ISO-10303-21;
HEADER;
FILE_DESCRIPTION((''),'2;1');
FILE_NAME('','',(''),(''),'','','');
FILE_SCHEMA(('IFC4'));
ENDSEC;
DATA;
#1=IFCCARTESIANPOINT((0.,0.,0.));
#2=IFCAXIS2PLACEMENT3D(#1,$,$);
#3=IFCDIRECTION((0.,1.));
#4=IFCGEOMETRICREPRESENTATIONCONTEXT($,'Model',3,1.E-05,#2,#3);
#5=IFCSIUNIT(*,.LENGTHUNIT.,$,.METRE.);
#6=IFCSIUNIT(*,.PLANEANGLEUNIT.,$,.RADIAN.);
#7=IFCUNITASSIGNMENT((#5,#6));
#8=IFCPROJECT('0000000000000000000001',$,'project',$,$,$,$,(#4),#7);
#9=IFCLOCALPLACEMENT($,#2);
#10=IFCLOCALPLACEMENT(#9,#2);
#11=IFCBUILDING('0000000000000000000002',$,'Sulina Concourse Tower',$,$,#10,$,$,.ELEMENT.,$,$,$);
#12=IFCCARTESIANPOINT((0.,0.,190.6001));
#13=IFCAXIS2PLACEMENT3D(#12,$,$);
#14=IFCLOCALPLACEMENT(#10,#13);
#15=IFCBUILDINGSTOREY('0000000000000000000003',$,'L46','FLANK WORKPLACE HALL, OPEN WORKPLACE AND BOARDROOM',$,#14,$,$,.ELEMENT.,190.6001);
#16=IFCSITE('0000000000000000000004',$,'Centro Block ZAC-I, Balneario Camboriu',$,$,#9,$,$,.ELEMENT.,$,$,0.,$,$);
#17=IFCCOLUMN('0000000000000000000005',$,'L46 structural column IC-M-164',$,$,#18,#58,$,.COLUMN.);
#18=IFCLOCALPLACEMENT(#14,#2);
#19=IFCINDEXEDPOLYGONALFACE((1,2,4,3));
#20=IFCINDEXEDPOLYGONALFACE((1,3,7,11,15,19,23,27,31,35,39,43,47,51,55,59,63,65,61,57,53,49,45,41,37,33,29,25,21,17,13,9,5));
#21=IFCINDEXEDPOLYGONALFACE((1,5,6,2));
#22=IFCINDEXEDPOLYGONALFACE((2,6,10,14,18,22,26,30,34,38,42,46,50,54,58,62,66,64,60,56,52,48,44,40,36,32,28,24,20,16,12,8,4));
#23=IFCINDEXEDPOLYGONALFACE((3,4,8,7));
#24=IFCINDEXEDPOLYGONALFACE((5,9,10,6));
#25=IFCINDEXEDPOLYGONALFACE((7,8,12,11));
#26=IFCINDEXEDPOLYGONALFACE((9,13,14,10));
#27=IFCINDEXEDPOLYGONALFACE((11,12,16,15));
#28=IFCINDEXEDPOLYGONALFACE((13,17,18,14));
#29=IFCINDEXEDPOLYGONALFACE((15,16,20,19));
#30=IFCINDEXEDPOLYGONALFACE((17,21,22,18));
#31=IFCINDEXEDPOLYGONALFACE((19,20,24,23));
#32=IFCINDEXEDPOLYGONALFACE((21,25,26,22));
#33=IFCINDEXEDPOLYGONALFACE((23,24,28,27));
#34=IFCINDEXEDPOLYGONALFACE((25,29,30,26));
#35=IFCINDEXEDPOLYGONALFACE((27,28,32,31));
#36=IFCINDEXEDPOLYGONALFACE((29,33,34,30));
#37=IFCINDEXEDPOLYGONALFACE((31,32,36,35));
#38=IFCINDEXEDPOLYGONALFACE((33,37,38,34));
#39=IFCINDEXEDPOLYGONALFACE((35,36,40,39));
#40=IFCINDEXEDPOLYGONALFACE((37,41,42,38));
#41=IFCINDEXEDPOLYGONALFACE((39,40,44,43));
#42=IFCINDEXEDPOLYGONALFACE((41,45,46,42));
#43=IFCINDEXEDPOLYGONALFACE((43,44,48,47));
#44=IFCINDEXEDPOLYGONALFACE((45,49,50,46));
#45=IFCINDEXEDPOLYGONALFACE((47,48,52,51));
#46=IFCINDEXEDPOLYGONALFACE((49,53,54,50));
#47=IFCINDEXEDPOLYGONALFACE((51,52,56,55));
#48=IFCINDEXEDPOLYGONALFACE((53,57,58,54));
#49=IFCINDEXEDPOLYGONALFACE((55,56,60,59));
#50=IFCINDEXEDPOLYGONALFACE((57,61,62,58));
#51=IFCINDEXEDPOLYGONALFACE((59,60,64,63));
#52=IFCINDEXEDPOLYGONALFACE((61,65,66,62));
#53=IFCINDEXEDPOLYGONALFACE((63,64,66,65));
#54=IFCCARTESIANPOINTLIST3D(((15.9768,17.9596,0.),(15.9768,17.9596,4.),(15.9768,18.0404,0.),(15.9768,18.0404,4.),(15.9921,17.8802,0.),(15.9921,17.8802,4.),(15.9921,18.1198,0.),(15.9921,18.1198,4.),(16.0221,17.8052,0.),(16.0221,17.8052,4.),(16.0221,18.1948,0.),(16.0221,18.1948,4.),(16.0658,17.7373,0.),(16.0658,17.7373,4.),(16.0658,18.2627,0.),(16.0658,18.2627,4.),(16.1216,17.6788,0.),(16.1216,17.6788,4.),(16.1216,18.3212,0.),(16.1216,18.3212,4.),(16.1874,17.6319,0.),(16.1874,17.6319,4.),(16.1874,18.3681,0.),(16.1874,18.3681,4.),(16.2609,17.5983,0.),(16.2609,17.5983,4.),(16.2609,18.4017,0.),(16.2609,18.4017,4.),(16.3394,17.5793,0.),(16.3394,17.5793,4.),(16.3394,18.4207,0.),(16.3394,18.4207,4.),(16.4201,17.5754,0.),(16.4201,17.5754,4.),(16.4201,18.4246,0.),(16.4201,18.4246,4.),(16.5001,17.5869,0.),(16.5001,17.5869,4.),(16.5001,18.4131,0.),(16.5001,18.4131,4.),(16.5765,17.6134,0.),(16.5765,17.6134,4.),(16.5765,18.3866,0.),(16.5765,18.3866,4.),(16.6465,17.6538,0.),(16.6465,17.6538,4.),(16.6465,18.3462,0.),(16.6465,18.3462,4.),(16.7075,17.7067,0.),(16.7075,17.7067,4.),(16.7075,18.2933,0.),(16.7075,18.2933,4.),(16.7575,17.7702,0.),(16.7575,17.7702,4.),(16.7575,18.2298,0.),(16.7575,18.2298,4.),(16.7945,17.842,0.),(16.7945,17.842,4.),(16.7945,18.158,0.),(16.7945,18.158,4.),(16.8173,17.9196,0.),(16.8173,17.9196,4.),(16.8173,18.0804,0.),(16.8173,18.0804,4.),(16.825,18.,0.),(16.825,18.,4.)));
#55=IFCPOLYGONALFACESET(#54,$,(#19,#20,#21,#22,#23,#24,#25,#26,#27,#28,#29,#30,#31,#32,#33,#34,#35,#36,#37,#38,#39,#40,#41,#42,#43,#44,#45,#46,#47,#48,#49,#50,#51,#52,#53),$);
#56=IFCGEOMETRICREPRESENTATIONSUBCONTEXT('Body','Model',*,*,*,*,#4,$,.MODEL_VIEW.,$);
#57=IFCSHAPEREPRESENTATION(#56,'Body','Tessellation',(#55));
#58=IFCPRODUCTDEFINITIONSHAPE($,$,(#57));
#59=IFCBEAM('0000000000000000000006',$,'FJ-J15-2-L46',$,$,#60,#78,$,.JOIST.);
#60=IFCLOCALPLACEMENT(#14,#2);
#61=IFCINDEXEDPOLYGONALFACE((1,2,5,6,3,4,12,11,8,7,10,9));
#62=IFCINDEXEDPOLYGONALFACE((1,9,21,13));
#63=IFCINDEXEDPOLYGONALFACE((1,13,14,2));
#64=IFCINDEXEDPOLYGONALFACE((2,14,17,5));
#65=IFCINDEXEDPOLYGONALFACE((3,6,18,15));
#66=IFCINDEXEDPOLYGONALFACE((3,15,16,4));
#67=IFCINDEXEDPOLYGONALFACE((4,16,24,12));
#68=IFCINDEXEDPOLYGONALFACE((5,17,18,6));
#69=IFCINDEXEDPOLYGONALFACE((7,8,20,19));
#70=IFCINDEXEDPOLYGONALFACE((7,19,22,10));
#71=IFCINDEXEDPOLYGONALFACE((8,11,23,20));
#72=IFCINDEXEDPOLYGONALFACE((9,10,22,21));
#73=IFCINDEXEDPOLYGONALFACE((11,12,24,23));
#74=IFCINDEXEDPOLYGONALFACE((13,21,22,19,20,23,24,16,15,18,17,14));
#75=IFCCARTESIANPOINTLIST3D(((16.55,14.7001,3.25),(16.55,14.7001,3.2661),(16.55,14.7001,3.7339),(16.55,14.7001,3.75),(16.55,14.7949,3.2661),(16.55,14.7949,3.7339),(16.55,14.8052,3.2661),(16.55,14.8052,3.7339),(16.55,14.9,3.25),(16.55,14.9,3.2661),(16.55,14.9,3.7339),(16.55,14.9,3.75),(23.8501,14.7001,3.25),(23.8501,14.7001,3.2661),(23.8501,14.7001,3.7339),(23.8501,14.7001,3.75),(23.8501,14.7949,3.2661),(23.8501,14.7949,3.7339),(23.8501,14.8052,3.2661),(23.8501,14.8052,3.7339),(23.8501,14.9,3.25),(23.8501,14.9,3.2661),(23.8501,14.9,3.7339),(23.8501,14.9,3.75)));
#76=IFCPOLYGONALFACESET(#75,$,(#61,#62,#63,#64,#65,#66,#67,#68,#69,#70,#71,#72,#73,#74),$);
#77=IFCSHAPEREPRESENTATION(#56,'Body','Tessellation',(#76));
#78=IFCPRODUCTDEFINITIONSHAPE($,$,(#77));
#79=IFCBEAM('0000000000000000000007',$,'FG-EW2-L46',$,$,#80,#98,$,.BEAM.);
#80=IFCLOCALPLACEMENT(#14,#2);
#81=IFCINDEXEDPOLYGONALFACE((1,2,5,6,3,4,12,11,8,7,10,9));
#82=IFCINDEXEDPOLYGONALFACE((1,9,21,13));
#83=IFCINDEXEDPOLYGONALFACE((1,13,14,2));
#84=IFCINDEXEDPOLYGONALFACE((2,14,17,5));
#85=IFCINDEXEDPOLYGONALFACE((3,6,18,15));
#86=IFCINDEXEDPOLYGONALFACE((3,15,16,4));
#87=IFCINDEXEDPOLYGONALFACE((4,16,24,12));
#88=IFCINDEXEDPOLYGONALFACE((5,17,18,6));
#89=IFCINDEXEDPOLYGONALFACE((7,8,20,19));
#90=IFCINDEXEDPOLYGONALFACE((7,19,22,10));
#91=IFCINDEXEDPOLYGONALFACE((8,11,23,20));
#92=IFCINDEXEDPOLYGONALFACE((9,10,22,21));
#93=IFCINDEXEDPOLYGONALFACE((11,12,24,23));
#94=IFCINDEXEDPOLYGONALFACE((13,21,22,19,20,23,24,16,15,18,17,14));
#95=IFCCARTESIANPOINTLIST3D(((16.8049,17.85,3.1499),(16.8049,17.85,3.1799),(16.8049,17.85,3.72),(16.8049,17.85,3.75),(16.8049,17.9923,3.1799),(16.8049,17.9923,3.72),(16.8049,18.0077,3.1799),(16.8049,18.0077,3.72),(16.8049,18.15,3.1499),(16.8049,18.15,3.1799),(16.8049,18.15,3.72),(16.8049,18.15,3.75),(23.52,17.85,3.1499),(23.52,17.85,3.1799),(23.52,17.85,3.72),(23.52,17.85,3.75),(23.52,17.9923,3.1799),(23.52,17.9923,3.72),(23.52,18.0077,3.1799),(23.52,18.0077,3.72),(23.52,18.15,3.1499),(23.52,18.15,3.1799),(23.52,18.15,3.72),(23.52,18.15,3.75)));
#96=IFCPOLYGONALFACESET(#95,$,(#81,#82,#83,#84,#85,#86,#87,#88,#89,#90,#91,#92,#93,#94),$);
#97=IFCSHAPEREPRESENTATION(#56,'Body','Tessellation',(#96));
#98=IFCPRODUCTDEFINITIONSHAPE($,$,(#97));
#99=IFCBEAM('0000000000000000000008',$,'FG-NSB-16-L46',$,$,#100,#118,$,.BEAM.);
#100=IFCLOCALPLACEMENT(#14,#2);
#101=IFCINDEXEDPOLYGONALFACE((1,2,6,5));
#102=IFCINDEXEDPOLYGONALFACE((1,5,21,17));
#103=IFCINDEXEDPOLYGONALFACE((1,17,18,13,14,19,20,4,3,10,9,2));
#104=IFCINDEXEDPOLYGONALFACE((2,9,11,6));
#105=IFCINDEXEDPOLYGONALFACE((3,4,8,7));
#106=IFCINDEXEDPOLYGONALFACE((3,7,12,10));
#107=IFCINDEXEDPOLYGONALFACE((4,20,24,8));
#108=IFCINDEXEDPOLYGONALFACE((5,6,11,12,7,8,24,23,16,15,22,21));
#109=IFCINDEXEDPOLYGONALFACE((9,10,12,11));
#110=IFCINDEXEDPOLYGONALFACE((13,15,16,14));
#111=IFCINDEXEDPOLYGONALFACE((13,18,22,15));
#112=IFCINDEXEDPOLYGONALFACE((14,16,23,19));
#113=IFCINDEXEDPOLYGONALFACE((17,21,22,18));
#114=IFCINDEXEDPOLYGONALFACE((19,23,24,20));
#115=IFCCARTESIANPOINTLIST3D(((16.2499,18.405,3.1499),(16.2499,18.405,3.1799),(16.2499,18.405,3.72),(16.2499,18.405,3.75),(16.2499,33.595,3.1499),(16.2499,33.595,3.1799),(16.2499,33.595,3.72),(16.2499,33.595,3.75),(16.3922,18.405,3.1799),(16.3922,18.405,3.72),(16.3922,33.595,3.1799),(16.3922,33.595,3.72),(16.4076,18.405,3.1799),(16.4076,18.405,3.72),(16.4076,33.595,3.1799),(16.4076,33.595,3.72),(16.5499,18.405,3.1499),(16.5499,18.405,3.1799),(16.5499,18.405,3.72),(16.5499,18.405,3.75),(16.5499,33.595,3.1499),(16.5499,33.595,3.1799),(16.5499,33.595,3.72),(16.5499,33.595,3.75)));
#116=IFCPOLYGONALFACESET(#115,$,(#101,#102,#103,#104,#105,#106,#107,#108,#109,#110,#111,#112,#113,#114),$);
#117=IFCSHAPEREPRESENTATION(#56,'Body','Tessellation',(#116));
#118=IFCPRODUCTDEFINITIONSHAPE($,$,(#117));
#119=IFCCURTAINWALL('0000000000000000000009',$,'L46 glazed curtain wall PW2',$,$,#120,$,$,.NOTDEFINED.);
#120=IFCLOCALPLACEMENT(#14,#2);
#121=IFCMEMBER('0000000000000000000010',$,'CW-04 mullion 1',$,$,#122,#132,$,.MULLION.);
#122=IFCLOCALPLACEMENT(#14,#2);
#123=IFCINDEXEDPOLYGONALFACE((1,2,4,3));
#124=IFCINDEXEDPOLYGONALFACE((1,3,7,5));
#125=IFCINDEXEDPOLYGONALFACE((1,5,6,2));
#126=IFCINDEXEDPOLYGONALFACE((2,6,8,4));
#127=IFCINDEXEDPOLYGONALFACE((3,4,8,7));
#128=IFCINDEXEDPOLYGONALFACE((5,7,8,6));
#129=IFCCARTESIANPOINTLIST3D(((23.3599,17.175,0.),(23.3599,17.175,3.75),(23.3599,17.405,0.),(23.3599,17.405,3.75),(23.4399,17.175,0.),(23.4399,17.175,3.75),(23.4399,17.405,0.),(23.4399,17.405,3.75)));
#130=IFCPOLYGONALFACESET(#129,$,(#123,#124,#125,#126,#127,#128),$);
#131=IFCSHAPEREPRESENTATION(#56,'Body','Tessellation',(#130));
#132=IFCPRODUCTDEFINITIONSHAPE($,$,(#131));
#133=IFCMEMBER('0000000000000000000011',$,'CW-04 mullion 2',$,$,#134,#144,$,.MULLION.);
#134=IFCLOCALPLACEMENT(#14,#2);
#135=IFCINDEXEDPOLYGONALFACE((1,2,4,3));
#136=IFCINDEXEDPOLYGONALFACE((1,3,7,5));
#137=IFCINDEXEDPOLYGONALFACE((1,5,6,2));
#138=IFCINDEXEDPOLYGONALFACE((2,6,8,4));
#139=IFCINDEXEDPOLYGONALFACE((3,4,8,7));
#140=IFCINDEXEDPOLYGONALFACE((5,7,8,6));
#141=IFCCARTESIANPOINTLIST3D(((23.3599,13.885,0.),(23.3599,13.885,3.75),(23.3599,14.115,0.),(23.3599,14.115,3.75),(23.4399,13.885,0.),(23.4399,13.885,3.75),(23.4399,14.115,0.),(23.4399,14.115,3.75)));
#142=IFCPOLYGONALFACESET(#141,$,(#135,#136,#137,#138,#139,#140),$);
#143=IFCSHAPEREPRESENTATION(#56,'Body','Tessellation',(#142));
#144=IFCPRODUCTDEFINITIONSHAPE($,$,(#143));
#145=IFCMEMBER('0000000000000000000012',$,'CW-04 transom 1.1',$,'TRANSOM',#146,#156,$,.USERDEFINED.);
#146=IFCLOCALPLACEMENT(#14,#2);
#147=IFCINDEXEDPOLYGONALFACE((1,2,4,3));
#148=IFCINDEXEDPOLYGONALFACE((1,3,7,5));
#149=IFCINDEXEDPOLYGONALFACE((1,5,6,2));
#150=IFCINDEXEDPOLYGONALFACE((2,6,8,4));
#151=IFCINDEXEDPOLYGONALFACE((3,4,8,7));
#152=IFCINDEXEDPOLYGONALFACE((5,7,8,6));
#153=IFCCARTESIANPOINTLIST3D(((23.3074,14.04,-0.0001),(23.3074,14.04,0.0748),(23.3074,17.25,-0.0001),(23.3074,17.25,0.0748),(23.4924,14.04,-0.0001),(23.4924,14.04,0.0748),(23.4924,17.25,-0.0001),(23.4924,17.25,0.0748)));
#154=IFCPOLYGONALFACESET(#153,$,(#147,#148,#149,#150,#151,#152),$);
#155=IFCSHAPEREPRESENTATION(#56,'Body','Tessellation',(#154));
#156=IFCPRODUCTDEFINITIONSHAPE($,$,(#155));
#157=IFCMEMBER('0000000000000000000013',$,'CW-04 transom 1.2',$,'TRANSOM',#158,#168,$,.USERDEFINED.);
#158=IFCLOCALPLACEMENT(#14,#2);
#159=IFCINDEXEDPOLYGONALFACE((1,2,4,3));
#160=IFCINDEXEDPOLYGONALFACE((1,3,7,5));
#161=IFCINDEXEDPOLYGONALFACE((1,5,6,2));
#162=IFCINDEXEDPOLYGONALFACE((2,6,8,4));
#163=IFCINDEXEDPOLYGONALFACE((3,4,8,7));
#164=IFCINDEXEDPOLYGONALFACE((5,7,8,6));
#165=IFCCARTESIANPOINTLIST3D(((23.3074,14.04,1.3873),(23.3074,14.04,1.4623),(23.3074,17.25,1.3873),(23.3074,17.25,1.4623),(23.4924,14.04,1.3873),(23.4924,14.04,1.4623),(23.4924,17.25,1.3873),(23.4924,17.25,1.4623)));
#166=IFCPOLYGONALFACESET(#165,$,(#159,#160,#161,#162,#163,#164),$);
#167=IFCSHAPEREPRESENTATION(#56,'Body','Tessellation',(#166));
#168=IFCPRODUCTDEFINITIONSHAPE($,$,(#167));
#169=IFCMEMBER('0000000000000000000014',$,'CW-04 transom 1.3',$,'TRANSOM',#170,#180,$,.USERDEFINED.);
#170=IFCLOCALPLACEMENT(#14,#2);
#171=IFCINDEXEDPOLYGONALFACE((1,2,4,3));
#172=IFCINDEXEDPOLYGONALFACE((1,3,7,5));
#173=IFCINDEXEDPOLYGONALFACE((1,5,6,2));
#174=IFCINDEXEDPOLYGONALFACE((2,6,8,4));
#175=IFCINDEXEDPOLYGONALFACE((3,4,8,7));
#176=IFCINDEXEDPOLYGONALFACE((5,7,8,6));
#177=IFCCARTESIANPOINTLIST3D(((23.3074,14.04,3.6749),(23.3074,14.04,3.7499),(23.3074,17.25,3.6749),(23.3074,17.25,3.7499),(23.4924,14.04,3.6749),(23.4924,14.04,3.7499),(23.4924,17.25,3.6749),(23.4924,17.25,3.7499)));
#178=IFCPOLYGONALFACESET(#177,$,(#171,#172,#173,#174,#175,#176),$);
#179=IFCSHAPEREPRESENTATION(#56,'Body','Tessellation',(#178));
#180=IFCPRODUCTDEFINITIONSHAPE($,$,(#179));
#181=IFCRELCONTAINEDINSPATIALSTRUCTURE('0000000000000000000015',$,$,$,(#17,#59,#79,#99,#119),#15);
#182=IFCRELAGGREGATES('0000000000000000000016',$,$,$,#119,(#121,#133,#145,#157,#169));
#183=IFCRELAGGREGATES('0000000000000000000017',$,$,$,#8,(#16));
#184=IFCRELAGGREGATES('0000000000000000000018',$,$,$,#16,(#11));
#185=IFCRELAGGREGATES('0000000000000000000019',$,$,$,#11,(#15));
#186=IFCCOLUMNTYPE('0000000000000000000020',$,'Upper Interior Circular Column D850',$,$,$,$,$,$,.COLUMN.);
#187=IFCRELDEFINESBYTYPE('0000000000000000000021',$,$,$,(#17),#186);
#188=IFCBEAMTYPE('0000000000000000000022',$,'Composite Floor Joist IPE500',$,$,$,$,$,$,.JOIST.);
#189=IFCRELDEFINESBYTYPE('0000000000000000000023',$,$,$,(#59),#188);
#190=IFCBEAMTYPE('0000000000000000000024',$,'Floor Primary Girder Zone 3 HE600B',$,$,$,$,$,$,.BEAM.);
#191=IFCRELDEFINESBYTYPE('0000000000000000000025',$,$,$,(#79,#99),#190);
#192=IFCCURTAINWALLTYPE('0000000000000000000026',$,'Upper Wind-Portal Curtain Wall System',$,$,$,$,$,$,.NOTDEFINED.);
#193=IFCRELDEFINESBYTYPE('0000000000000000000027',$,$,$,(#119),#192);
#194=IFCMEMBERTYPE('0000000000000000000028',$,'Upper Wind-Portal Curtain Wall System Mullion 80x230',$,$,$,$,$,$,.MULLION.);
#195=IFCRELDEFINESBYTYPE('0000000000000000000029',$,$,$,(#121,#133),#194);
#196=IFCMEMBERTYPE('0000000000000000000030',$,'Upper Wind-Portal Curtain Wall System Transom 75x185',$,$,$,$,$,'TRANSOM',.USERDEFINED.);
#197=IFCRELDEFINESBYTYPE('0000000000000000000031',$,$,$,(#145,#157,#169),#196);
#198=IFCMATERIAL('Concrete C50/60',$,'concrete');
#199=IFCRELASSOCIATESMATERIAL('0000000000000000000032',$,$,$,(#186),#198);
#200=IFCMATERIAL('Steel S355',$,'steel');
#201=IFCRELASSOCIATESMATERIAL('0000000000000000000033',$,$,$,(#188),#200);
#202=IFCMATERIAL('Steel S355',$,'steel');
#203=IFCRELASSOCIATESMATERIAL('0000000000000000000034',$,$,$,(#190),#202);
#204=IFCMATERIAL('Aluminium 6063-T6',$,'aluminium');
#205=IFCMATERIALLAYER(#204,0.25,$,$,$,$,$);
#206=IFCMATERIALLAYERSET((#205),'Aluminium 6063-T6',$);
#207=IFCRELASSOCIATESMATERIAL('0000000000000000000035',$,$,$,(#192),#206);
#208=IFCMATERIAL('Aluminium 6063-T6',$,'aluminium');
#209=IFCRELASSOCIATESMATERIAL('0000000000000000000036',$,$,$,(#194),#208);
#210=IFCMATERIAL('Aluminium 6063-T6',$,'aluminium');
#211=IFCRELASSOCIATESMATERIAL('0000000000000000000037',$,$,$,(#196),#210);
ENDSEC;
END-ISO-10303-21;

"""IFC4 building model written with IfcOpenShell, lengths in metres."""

from ifc_helpers import new_model, si_unit, direction, frame, origin, origin_2d, place, context, subcontext, project, spatial, rectangle, circle, i_section, extrude, material, layer, layer_set, material_profile, profile_set, type_object, element, aggregate, save


model = new_model("IFC4")

# Units and contexts
model_context = context("Model", 3, precision=1e-05, world=origin(), true_north=direction((0.0, 1.0)))
body_context = subcontext(model_context, "Body", "Model", "MODEL_VIEW")
ifc_project = project(units=[si_unit("LENGTHUNIT", "METRE"), si_unit("PLANEANGLEUNIT", "RADIAN")], contexts=[model_context])

# Site, building, storey
site_placement = place(None, origin())
site = spatial("IfcSite", under=ifc_project, at=site_placement, Name="Centro Block ZAC-I, Balneario Camboriu", CompositionType="ELEMENT", RefElevation=0.0)
building_placement = place(site_placement, origin())
building = spatial("IfcBuilding", under=site, at=building_placement, Name="Sulina Concourse Tower", CompositionType="ELEMENT")
storey_placement = place(building_placement, frame((0.0, 0.0, 190.6001)))
storey = spatial("IfcBuildingStorey", under=building, at=storey_placement, Name="L46", Description="FLANK WORKPLACE HALL, OPEN WORKPLACE AND BOARDROOM", CompositionType="ELEMENT", Elevation=190.6001)

# Column
ifc_material_1 = material(Name="Concrete C50/60", Category="concrete")
ifc_material_profile_1 = material_profile(ifc_material_1, circle(Radius=0.425, at=origin_2d()), Name="RC D850")
ifc_profile_set_1 = profile_set([ifc_material_profile_1], Name="Concrete C50/60")
column_type = type_object("IfcColumnType", Name="Upper Interior Circular Column D850", PredefinedType="COLUMN", material=ifc_profile_set_1)
column_placement = place(storey_placement, frame((16.3999, 18.0, 0.0), z_axis=(0.0, 0.0, 1.0), x_axis=(1.0, 0.0, 0.0)))
element("IfcColumn", 1, at=column_placement, inside=storey, type_object=column_type, Name="L46 structural column IC-M-164", PredefinedType="COLUMN", context=body_context, shape_type="SweptSolid", body=[
    extrude(circle(Radius=0.425, at=origin_2d()), origin(), (0.0, 0.0, 1.0), 4.0),
])

# Beams
ifc_material_2 = material(Name="Steel S355", Category="steel")
ifc_material_profile_2 = material_profile(ifc_material_2, i_section(OverallWidth=0.2, OverallDepth=0.5, WebThickness=0.0103, FlangeThickness=0.0161, at=origin_2d()), Name="IPE 500")
ifc_profile_set_2 = profile_set([ifc_material_profile_2], Name="Steel S355")
beam_type_1 = type_object("IfcBeamType", Name="Composite Floor Joist IPE500", PredefinedType="JOIST", material=ifc_profile_set_2)
beam_1_placement = place(storey_placement, frame((16.55, 14.8, 3.5), z_axis=(1.0, 0.0, 0.0), x_axis=(0.0, 1.0, 0.0)))
element("IfcBeam", 2, at=beam_1_placement, inside=storey, type_object=beam_type_1, Name="FJ-J15-2-L46", PredefinedType="JOIST", context=body_context, shape_type="SweptSolid", body=[
    extrude(i_section(OverallWidth=0.2, OverallDepth=0.5, WebThickness=0.0103, FlangeThickness=0.0161, at=origin_2d()), origin(), (0.0, 0.0, 1.0), 7.3),
])
ifc_material_3 = material(Name="Steel S355", Category="steel")
ifc_material_profile_3 = material_profile(ifc_material_3, i_section(OverallWidth=0.3, OverallDepth=0.6001, WebThickness=0.0154, FlangeThickness=0.03, at=origin_2d()), Name="HE 600 B")
ifc_profile_set_3 = profile_set([ifc_material_profile_3], Name="Steel S355")
beam_type_2 = type_object("IfcBeamType", Name="Floor Primary Girder Zone 3 HE600B", PredefinedType="BEAM", material=ifc_profile_set_3)
beam_2_placement = place(storey_placement, frame((16.8049, 18.0, 3.45), z_axis=(1.0, 0.0, 0.0), x_axis=(0.0, 1.0, 0.0)))
element("IfcBeam", 3, at=beam_2_placement, inside=storey, type_object=beam_type_2, Name="FG-EW2-L46", PredefinedType="BEAM", context=body_context, shape_type="SweptSolid", body=[
    extrude(i_section(OverallWidth=0.3, OverallDepth=0.6001, WebThickness=0.0154, FlangeThickness=0.03, at=origin_2d()), origin(), (0.0, 0.0, 1.0), 6.7151),
])
beam_3_placement = place(storey_placement, frame((16.3999, 18.405, 3.45), z_axis=(0.0, 1.0, 0.0), x_axis=(-1.0, 0.0, 0.0)))
element("IfcBeam", 4, at=beam_3_placement, inside=storey, type_object=beam_type_2, Name="FG-NSB-16-L46", PredefinedType="BEAM", context=body_context, shape_type="SweptSolid", body=[
    extrude(i_section(OverallWidth=0.3, OverallDepth=0.6001, WebThickness=0.0154, FlangeThickness=0.03, at=origin_2d()), origin(), (0.0, 0.0, 1.0), 15.1899),
])

# Curtain wall, members
ifc_material_4 = material(Name="Aluminium 6063-T6", Category="aluminium")
ifc_layer_1 = layer(ifc_material_4, 0.25)
ifc_layer_set_1 = layer_set([ifc_layer_1], Name="Aluminium 6063-T6")
curtain_wall_type = type_object("IfcCurtainWallType", Name="Upper Wind-Portal Curtain Wall System", PredefinedType="NOTDEFINED", material=ifc_layer_set_1)
curtain_wall_placement = place(storey_placement, origin())
curtain_wall = element("IfcCurtainWall", 5, at=curtain_wall_placement, inside=storey, type_object=curtain_wall_type, Name="L46 glazed curtain wall PW2", PredefinedType="NOTDEFINED")
ifc_material_5 = material(Name="Aluminium 6063-T6", Category="aluminium")
ifc_material_profile_4 = material_profile(ifc_material_5, rectangle(XDim=0.0801, YDim=0.23, at=origin_2d()), Name="MUL 80x230")
ifc_profile_set_4 = profile_set([ifc_material_profile_4], Name="Aluminium 6063-T6")
member_type_1 = type_object("IfcMemberType", Name="Upper Wind-Portal Curtain Wall System Mullion 80x230", PredefinedType="MULLION", material=ifc_profile_set_4)
member_1_placement = place(storey_placement, frame((23.3999, 17.29, 0.0), z_axis=(0.0, 0.0, 1.0), x_axis=(1.0, 0.0, 0.0)))
member_1 = element("IfcMember", 6, at=member_1_placement, type_object=member_type_1, Name="CW-04 mullion 1", PredefinedType="MULLION", context=body_context, shape_type="SweptSolid", body=[
    extrude(rectangle(XDim=0.0801, YDim=0.23, at=origin_2d()), origin(), (0.0, 0.0, 1.0), 3.75),
])
member_2_placement = place(storey_placement, frame((23.3999, 14.0, 0.0), z_axis=(0.0, 0.0, 1.0), x_axis=(1.0, 0.0, 0.0)))
member_2 = element("IfcMember", 7, at=member_2_placement, type_object=member_type_1, Name="CW-04 mullion 2", PredefinedType="MULLION", context=body_context, shape_type="SweptSolid", body=[
    extrude(rectangle(XDim=0.0801, YDim=0.23, at=origin_2d()), origin(), (0.0, 0.0, 1.0), 3.75),
])
ifc_material_6 = material(Name="Aluminium 6063-T6", Category="aluminium")
ifc_material_profile_5 = material_profile(ifc_material_6, rectangle(XDim=0.1851, YDim=0.075, at=origin_2d()), Name="TRN 75x185")
ifc_profile_set_5 = profile_set([ifc_material_profile_5], Name="Aluminium 6063-T6")
member_type_2 = type_object("IfcMemberType", Name="Upper Wind-Portal Curtain Wall System Transom 75x185", ElementType="TRANSOM", PredefinedType="USERDEFINED", material=ifc_profile_set_5)
member_3_placement = place(storey_placement, frame((23.3999, 17.25, 0.0374), z_axis=(0.0, -1.0, 0.0), x_axis=(1.0, 0.0, 0.0)))
member_3 = element("IfcMember", 8, at=member_3_placement, type_object=member_type_2, Name="CW-04 transom 1.1", ObjectType="TRANSOM", PredefinedType="USERDEFINED", context=body_context, shape_type="SweptSolid", body=[
    extrude(rectangle(XDim=0.1851, YDim=0.075, at=origin_2d()), origin(), (0.0, 0.0, 1.0), 3.21),
])
member_4_placement = place(storey_placement, frame((23.3999, 17.25, 1.4248), z_axis=(0.0, -1.0, 0.0), x_axis=(1.0, 0.0, 0.0)))
member_4 = element("IfcMember", 9, at=member_4_placement, type_object=member_type_2, Name="CW-04 transom 1.2", ObjectType="TRANSOM", PredefinedType="USERDEFINED", context=body_context, shape_type="SweptSolid", body=[
    extrude(rectangle(XDim=0.1851, YDim=0.075, at=origin_2d()), origin(), (0.0, 0.0, 1.0), 3.21),
])
member_5_placement = place(storey_placement, frame((23.3999, 17.25, 3.7124), z_axis=(0.0, -1.0, 0.0), x_axis=(1.0, 0.0, 0.0)))
member_5 = element("IfcMember", 10, at=member_5_placement, type_object=member_type_2, Name="CW-04 transom 1.3", ObjectType="TRANSOM", PredefinedType="USERDEFINED", context=body_context, shape_type="SweptSolid", body=[
    extrude(rectangle(XDim=0.1851, YDim=0.075, at=origin_2d()), origin(), (0.0, 0.0, 1.0), 3.21),
])
aggregate(curtain_wall, [member_1, member_2, member_3, member_4, member_5])

save(model, "model.ifc")
